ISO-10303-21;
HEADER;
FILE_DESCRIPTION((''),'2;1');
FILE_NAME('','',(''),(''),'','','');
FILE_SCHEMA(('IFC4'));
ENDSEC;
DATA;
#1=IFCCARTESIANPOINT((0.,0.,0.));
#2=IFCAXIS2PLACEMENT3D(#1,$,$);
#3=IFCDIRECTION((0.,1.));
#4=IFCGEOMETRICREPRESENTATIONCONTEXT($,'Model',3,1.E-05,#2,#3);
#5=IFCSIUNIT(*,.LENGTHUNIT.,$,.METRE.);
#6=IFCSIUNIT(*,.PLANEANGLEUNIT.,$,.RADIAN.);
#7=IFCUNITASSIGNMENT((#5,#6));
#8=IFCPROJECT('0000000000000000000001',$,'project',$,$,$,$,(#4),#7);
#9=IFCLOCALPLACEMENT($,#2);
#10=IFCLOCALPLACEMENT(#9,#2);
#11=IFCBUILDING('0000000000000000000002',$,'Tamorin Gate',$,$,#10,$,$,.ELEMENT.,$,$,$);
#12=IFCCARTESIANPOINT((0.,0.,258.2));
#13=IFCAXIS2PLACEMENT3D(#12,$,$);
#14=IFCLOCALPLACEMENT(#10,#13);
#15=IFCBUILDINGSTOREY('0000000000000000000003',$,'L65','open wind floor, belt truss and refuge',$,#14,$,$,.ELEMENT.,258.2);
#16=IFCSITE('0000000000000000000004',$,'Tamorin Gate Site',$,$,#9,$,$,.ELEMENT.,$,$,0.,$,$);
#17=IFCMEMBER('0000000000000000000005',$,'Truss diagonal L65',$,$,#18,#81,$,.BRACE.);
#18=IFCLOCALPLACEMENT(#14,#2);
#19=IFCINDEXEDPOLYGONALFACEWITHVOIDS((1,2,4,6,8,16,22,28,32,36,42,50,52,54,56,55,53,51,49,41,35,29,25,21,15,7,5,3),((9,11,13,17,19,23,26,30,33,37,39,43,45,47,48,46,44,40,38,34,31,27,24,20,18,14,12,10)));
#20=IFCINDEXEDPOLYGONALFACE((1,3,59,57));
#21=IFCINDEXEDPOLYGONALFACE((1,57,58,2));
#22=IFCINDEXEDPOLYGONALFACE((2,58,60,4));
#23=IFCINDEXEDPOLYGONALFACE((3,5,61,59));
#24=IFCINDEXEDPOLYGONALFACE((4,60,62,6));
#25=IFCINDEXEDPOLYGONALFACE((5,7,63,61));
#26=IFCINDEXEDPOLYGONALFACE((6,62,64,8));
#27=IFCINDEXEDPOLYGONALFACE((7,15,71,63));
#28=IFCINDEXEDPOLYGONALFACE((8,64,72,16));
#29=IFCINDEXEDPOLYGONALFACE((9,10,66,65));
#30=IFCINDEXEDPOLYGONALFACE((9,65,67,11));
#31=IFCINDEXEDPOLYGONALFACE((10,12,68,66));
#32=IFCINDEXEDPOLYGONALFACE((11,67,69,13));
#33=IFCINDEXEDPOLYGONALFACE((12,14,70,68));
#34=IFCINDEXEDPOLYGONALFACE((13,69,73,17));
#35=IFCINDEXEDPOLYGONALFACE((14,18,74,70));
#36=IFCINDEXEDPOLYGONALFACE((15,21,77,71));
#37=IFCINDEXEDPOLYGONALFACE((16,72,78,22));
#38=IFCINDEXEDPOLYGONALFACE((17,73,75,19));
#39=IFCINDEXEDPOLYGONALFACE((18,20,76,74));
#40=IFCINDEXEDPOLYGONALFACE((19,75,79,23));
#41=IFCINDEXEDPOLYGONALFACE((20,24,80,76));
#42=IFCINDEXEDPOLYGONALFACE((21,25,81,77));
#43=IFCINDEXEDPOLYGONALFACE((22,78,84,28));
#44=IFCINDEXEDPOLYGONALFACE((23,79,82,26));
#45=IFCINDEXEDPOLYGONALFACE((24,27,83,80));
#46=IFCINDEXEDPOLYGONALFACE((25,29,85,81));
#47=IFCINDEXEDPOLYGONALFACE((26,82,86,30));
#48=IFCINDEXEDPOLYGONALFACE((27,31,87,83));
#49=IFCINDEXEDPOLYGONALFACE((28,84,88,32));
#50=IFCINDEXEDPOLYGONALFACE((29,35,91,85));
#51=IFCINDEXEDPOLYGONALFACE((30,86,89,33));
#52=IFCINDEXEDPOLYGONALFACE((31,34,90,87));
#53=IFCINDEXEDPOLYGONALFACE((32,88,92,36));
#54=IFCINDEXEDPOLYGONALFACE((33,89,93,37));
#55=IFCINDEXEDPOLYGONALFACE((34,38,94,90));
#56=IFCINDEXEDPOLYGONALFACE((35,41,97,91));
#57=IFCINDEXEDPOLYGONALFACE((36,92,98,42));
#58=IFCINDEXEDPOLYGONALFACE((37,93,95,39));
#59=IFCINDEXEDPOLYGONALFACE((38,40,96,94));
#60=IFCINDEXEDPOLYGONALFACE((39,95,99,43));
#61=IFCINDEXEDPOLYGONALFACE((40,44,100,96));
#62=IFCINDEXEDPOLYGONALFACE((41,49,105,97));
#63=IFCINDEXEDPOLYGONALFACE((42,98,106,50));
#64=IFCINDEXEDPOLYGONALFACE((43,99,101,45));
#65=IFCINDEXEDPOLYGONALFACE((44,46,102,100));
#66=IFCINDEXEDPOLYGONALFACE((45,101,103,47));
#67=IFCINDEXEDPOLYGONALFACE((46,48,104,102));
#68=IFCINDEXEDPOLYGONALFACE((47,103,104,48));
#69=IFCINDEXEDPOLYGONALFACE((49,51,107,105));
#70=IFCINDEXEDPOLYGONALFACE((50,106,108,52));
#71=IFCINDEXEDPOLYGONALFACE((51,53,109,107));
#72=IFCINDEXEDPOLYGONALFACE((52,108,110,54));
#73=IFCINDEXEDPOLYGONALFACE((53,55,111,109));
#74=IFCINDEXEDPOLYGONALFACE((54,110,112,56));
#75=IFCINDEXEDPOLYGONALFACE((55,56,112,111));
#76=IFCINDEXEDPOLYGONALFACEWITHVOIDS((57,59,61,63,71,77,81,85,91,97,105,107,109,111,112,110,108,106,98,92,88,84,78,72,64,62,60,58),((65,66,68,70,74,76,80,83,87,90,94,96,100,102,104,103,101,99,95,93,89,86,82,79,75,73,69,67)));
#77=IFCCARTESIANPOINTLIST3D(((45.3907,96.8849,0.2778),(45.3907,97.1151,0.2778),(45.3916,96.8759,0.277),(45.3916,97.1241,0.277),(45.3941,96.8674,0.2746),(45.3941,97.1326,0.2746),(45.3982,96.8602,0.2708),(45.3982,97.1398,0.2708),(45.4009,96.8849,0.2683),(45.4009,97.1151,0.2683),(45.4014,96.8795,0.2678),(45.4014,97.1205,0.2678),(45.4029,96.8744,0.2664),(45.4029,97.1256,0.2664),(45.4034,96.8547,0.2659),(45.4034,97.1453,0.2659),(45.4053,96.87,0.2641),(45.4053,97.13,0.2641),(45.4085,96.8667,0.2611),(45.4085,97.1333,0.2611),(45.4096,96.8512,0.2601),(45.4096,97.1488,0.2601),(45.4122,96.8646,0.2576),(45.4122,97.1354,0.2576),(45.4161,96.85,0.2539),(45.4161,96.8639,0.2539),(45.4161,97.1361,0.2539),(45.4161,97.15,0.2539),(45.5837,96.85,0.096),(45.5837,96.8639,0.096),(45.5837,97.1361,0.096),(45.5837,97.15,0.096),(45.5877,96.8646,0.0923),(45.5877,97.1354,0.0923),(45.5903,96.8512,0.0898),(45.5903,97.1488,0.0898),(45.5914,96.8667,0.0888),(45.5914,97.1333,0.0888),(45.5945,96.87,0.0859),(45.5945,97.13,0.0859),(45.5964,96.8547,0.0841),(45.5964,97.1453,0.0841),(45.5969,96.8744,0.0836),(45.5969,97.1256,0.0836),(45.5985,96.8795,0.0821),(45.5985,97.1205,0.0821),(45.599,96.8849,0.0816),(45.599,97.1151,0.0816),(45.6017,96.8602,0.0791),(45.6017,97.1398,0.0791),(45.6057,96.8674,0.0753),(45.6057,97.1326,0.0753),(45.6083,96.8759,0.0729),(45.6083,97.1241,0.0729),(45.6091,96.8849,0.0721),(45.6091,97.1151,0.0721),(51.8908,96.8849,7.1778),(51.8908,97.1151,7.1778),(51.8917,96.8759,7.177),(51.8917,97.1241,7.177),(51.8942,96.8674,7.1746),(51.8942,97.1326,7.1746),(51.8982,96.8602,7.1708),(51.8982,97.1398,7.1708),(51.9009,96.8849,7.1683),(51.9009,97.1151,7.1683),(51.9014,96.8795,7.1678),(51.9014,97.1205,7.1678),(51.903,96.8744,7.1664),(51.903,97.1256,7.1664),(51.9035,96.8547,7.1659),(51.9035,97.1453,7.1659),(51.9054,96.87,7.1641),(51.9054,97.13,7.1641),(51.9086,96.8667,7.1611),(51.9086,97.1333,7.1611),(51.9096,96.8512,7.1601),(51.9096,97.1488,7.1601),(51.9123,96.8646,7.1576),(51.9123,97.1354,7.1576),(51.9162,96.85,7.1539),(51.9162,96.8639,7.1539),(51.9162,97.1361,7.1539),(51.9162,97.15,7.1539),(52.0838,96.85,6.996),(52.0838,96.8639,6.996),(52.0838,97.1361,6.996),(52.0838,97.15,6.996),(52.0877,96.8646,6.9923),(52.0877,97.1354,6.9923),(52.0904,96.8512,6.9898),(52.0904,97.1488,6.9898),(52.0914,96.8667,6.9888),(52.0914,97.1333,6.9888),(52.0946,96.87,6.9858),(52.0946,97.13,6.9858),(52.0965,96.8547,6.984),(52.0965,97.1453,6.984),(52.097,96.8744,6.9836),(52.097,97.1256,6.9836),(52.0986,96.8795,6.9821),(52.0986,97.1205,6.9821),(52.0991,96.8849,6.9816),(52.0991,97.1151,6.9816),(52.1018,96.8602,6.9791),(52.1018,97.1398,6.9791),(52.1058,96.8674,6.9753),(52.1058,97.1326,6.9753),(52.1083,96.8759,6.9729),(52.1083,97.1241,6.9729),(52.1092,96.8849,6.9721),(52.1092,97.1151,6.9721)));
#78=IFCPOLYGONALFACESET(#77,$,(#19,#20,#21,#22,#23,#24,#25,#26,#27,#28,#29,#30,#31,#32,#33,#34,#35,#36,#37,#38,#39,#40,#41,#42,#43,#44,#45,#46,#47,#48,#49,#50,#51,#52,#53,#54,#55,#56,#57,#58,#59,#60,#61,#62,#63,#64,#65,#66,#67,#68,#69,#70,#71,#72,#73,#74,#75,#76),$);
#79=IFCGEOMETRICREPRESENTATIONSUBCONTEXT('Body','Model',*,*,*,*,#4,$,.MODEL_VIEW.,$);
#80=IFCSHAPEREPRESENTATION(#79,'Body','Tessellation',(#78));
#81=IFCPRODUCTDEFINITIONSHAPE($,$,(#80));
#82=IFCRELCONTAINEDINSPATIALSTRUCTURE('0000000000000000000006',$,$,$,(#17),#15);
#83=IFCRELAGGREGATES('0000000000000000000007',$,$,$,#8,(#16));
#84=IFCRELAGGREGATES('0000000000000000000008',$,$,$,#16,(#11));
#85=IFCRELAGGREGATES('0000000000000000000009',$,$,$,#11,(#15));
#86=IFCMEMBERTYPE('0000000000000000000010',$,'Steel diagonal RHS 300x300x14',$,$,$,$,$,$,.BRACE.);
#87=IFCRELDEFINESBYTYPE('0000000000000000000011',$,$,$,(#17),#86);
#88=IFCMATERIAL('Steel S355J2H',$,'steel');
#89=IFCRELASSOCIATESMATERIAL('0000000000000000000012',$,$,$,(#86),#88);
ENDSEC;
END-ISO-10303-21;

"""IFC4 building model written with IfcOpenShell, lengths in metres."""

from ifc_helpers import new_model, si_unit, direction, frame, origin, origin_2d, place, context, subcontext, project, spatial, hollow_rectangle, extrude, material, material_profile, profile_set, type_object, element, save


model = new_model("IFC4")

# Units and contexts
model_context = context("Model", 3, precision=1e-05, world=origin(), true_north=direction((0.0, 1.0)))
body_context = subcontext(model_context, "Body", "Model", "MODEL_VIEW")
ifc_project = project(units=[si_unit("LENGTHUNIT", "METRE"), si_unit("PLANEANGLEUNIT", "RADIAN")], contexts=[model_context])

# Site, building, storey
site_placement = place(None, origin())
site = spatial("IfcSite", under=ifc_project, at=site_placement, Name="Tamorin Gate Site", CompositionType="ELEMENT", RefElevation=0.0)
building_placement = place(site_placement, origin())
building = spatial("IfcBuilding", under=site, at=building_placement, Name="Tamorin Gate", CompositionType="ELEMENT")
storey_placement = place(building_placement, frame((0.0, 0.0, 258.2)))
storey = spatial("IfcBuildingStorey", under=building, at=storey_placement, Name="L65", Description="open wind floor, belt truss and refuge", CompositionType="ELEMENT", Elevation=258.2)

# Member
ifc_material_1 = material(Name="Steel S355J2H", Category="steel")
ifc_material_profile_1 = material_profile(ifc_material_1, hollow_rectangle(XDim=0.3, YDim=0.3, WallThickness=0.0139, InnerFilletRadius=0.021, OuterFilletRadius=0.0349, at=origin_2d()), Name="RHS 300x300x14")
ifc_profile_set_1 = profile_set([ifc_material_profile_1], Name="Steel S355J2H")
member_type_1 = type_object("IfcMemberType", Name="Steel diagonal RHS 300x300x14", PredefinedType="BRACE", material=ifc_profile_set_1)
for number, where, z_axis, x_axis, name in (
    (1, (52.0, 97.0, 7.075), (-0.685699, 0.0, -0.727885), (0.0, -1.0, 0.0), "Truss diagonal L65"),
):
    element("IfcMember", number, at=place(storey_placement, frame(where, z_axis=z_axis, x_axis=x_axis)), inside=storey, type_object=member_type_1, Name=name, PredefinedType="BRACE", context=body_context, shape_type="SweptSolid", body=[
        extrude(hollow_rectangle(XDim=0.3, YDim=0.3, WallThickness=0.0139, InnerFilletRadius=0.021, OuterFilletRadius=0.0349, at=origin_2d()), origin(), (0.0, 0.0, 1.0), 9.4795),
    ])

save(model, "model.ifc")
